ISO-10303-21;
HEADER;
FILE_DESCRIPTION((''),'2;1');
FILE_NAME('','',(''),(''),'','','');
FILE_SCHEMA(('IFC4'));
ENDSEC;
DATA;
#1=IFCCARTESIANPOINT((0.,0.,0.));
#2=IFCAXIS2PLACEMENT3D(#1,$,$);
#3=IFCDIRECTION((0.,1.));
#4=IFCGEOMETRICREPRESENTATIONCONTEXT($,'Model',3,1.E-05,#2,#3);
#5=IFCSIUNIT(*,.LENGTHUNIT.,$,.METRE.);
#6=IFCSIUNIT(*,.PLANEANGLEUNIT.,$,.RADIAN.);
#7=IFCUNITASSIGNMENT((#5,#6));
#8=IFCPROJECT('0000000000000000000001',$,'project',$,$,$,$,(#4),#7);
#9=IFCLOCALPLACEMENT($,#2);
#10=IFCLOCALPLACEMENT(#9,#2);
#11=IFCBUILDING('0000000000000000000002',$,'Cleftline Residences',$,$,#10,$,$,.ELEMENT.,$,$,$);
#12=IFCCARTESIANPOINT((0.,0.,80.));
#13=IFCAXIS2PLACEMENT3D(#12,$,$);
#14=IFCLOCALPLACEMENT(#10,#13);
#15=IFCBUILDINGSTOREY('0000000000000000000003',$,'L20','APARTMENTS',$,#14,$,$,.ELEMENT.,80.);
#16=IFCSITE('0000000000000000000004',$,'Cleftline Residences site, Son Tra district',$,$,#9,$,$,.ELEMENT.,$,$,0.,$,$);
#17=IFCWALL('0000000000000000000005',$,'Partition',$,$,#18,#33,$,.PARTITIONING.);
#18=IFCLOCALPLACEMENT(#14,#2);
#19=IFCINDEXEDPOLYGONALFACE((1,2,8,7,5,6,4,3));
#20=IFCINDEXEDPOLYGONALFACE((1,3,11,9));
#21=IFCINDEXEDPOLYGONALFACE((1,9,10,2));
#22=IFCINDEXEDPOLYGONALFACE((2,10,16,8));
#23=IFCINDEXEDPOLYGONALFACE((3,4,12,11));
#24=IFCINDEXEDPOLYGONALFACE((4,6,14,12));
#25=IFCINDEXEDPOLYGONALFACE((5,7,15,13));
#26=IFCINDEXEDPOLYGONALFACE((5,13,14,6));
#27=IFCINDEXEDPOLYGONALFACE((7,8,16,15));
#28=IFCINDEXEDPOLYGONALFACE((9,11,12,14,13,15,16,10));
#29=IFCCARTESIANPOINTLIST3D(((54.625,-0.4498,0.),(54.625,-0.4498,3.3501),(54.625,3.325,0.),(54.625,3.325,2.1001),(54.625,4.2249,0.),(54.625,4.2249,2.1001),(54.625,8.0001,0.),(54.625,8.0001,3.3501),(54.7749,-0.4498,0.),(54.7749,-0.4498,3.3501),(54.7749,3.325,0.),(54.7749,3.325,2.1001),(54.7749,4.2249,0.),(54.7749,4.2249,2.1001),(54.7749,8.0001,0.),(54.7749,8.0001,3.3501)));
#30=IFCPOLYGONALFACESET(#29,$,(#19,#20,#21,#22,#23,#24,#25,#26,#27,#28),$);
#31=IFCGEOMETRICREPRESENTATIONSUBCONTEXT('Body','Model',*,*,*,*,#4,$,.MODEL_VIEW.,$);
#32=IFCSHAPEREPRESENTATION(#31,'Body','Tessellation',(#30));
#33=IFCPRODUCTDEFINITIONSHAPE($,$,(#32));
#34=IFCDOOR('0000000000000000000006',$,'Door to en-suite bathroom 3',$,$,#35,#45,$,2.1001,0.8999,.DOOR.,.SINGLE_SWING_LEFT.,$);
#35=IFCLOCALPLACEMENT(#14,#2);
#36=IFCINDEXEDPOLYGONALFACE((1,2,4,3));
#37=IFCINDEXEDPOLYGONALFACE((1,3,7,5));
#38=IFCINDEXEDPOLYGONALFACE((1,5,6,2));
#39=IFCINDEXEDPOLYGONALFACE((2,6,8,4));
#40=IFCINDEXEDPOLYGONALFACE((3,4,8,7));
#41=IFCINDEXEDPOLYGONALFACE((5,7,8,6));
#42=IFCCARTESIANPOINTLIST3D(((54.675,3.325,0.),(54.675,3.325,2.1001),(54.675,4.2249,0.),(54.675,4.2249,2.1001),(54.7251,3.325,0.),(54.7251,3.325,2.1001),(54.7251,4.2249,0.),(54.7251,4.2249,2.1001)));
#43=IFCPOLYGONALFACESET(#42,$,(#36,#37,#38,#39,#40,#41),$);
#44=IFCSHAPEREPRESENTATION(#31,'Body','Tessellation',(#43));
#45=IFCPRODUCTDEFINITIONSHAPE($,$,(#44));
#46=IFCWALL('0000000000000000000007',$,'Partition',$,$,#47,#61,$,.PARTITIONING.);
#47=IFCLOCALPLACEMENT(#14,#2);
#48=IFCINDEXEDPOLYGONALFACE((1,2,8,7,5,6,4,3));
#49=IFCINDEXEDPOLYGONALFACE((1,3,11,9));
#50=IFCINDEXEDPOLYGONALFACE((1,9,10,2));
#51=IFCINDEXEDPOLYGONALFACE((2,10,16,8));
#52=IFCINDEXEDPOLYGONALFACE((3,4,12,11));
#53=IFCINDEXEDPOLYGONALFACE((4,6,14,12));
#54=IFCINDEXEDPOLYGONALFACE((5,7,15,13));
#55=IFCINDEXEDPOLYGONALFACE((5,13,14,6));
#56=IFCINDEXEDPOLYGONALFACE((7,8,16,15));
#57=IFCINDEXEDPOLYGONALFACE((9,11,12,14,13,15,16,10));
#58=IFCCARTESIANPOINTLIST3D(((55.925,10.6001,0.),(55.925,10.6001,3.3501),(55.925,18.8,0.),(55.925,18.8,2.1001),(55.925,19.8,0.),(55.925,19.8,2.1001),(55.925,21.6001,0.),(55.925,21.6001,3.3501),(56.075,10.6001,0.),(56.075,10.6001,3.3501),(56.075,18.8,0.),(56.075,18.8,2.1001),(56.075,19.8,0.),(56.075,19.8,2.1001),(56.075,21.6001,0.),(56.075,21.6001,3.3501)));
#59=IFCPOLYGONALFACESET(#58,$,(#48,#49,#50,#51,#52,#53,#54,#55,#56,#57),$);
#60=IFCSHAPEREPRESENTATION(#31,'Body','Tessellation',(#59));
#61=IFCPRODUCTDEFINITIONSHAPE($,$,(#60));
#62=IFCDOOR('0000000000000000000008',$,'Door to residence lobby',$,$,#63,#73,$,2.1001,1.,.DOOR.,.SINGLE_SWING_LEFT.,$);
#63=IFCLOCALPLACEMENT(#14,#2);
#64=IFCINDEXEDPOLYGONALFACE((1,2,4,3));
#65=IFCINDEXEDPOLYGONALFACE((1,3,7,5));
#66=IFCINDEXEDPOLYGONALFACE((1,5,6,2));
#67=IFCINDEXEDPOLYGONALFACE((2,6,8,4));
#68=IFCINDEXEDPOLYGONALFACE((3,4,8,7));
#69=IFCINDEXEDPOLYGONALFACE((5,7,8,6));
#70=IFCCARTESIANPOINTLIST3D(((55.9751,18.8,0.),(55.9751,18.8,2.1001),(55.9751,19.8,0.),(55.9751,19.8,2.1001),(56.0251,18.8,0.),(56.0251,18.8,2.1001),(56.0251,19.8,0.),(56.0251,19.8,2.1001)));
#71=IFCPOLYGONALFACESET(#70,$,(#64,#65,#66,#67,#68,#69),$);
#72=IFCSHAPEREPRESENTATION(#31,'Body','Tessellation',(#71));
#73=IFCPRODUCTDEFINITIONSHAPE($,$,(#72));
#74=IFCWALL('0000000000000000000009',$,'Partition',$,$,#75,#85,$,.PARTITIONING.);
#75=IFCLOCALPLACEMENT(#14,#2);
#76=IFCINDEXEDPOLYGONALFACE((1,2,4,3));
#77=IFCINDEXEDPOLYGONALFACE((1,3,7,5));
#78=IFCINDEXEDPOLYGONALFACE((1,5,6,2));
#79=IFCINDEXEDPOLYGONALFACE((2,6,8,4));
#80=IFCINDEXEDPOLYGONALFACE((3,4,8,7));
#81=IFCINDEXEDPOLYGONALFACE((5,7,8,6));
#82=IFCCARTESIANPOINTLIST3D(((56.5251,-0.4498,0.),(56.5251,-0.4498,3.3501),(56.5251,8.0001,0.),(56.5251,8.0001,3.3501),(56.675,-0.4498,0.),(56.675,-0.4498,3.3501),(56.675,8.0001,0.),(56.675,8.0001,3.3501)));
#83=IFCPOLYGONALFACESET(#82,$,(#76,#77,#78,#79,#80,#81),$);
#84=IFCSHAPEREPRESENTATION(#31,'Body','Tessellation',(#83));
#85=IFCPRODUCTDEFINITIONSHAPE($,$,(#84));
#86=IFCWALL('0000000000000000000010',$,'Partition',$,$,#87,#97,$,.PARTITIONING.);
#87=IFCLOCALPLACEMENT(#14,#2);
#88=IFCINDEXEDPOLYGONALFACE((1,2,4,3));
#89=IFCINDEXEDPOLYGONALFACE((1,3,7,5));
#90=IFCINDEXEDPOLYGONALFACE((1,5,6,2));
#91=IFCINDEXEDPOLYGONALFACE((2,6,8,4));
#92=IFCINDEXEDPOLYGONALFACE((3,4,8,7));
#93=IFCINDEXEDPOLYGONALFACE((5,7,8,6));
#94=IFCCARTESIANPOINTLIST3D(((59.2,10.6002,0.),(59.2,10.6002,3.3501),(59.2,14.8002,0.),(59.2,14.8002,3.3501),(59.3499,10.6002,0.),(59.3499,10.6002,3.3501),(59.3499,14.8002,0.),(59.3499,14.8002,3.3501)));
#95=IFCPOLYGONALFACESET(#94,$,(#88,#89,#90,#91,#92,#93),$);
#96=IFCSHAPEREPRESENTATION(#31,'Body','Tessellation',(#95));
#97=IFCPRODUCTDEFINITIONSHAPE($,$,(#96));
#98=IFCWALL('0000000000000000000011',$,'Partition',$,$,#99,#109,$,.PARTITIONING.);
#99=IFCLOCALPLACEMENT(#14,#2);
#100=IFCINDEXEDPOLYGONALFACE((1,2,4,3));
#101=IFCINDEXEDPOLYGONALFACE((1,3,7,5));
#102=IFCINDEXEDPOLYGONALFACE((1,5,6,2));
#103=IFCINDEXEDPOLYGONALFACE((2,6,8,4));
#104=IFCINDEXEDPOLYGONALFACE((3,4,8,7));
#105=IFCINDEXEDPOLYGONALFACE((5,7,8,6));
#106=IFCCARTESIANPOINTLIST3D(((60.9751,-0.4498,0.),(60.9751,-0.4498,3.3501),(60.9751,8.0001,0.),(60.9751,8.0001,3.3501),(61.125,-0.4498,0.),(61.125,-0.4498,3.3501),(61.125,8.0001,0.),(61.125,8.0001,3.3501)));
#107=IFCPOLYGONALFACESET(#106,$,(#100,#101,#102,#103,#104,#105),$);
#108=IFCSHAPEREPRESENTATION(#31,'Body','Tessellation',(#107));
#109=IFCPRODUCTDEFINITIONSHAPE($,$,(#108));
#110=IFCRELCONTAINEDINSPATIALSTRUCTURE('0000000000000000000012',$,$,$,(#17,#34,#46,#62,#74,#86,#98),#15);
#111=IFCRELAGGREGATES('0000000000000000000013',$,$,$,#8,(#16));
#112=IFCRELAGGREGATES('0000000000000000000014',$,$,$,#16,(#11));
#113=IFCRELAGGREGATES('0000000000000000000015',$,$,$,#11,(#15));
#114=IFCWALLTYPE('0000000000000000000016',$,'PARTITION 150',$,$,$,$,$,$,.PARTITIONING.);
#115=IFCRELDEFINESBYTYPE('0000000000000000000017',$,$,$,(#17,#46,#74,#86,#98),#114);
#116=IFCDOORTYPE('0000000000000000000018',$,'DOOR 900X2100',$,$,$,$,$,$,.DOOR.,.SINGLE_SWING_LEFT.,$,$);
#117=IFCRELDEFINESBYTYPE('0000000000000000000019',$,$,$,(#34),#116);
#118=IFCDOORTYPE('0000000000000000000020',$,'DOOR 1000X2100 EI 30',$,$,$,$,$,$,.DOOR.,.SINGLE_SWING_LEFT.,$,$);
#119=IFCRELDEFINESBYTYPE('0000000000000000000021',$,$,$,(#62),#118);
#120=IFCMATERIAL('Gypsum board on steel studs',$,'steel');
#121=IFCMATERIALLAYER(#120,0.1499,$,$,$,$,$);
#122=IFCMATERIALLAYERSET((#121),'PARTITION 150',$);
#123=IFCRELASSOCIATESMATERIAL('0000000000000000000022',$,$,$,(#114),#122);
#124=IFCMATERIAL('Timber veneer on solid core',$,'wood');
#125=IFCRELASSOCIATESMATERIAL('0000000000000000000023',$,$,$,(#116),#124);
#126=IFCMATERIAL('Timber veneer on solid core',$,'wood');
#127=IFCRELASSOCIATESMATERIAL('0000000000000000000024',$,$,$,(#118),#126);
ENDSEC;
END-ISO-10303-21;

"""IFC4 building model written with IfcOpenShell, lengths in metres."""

from ifc_helpers import new_model, si_unit, direction, frame, frame_2d, origin, place, context, subcontext, project, spatial, rectangle, extrude, material, layer, layer_set, type_object, element, fill, save


model = new_model("IFC4")

# Units and contexts
model_context = context("Model", 3, precision=1e-05, world=origin(), true_north=direction((0.0, 1.0)))
body_context = subcontext(model_context, "Body", "Model", "MODEL_VIEW")
ifc_project = project(units=[si_unit("LENGTHUNIT", "METRE"), si_unit("PLANEANGLEUNIT", "RADIAN")], contexts=[model_context])

# Site, building, storey
site_placement = place(None, origin())
site = spatial("IfcSite", under=ifc_project, at=site_placement, Name="Cleftline Residences site, Son Tra district", CompositionType="ELEMENT", RefElevation=0.0)
building_placement = place(site_placement, origin())
building = spatial("IfcBuilding", under=site, at=building_placement, Name="Cleftline Residences", CompositionType="ELEMENT")
storey_placement = place(building_placement, frame((0.0, 0.0, 80.0)))
storey = spatial("IfcBuildingStorey", under=building, at=storey_placement, Name="L20", Description="APARTMENTS", CompositionType="ELEMENT", Elevation=80.0)

# Shared definitions
ifc_material_1 = material(Name="Gypsum board on steel studs", Category="steel")
ifc_layer_1 = layer(ifc_material_1, 0.1499)
ifc_layer_set_1 = layer_set([ifc_layer_1], Name="PARTITION 150")
wall_type_1 = type_object("IfcWallType", Name="PARTITION 150", PredefinedType="PARTITIONING", material=ifc_layer_set_1)

# Walls, openings, doors
wall_1_placement = place(storey_placement, frame((54.7, -0.45, 0.0), z_axis=(0.0, 0.0, 1.0), x_axis=(0.0, 1.0, 0.0)))
wall_1 = element("IfcWall", 1, at=wall_1_placement, inside=storey, type_object=wall_type_1, Name="Partition", PredefinedType="PARTITIONING", context=body_context, shape_type="SweptSolid", body=[
    extrude(rectangle(XDim=8.45, YDim=0.1499, at=frame_2d((4.2251, 0.0))), origin(), (0.0, 0.0, 1.0), 3.3501),
])
opening_1_placement = place(wall_1_placement, frame((3.7749, 0.0, 0.0)))
opening_1 = element("IfcOpeningElement", 2, at=opening_1_placement, cuts=wall_1, PredefinedType="OPENING", context=body_context, shape_type="SweptSolid", body=[
    extrude(rectangle(XDim=0.8999, YDim=2.1001, at=frame_2d((0.45, 1.05))), frame((0.0, 0.085, 0.0), z_axis=(0.0, -1.0, 0.0), x_axis=(1.0, 0.0, 0.0)), (0.0, 0.0, 1.0), 0.1699),
])
ifc_material_2 = material(Name="Timber veneer on solid core", Category="wood")
door_type_1 = type_object("IfcDoorType", Name="DOOR 900X2100", OperationType="SINGLE_SWING_LEFT", PredefinedType="DOOR", material=ifc_material_2)
door_1_placement = place(opening_1_placement, origin())
door_1 = element("IfcDoor", 3, at=door_1_placement, inside=storey, type_object=door_type_1, Name="Door to en-suite bathroom 3", OperationType="SINGLE_SWING_LEFT", OverallHeight=2.1001, OverallWidth=0.8999, PredefinedType="DOOR", context=body_context, shape_type="SweptSolid", body=[
    extrude(rectangle(XDim=0.8999, YDim=2.1001, at=frame_2d((0.45, 1.05))), frame((0.0, 0.0249, 0.0), z_axis=(0.0, -1.0, 0.0), x_axis=(1.0, 0.0, 0.0)), (0.0, 0.0, 1.0), 0.05),
])
fill(opening_1, door_1)
wall_2_placement = place(storey_placement, frame((56.0, 10.6001, 0.0), z_axis=(0.0, 0.0, 1.0), x_axis=(0.0, 1.0, 0.0)))
wall_2 = element("IfcWall", 4, at=wall_2_placement, inside=storey, type_object=wall_type_1, Name="Partition", PredefinedType="PARTITIONING", context=body_context, shape_type="SweptSolid", body=[
    extrude(rectangle(XDim=11.0, YDim=0.1499, at=frame_2d((5.5, 0.0))), origin(), (0.0, 0.0, 1.0), 3.3501),
])
opening_2_placement = place(wall_2_placement, frame((8.2, 0.0, 0.0)))
opening_2 = element("IfcOpeningElement", 5, at=opening_2_placement, cuts=wall_2, PredefinedType="OPENING", context=body_context, shape_type="SweptSolid", body=[
    extrude(rectangle(XDim=1.0, YDim=2.1001, at=frame_2d((0.5, 1.05))), frame((0.0, 0.085, 0.0), z_axis=(0.0, -1.0, 0.0), x_axis=(1.0, 0.0, 0.0)), (0.0, 0.0, 1.0), 0.1699),
])
ifc_material_3 = material(Name="Timber veneer on solid core", Category="wood")
door_type_2 = type_object("IfcDoorType", Name="DOOR 1000X2100 EI 30", OperationType="SINGLE_SWING_LEFT", PredefinedType="DOOR", material=ifc_material_3)
door_2_placement = place(opening_2_placement, origin())
door_2 = element("IfcDoor", 6, at=door_2_placement, inside=storey, type_object=door_type_2, Name="Door to residence lobby", OperationType="SINGLE_SWING_LEFT", OverallHeight=2.1001, OverallWidth=1.0, PredefinedType="DOOR", context=body_context, shape_type="SweptSolid", body=[
    extrude(rectangle(XDim=1.0, YDim=2.1001, at=frame_2d((0.5, 1.05))), frame((0.0, 0.0249, 0.0), z_axis=(0.0, -1.0, 0.0), x_axis=(1.0, 0.0, 0.0)), (0.0, 0.0, 1.0), 0.05),
])
fill(opening_2, door_2)

# Walls
wall_3_placement = place(storey_placement, frame((56.6001, -0.45, 0.0), z_axis=(0.0, 0.0, 1.0), x_axis=(0.0, 1.0, 0.0)))
element("IfcWall", 7, at=wall_3_placement, inside=storey, type_object=wall_type_1, Name="Partition", PredefinedType="PARTITIONING", context=body_context, shape_type="SweptSolid", body=[
    extrude(rectangle(XDim=8.45, YDim=0.1499, at=frame_2d((4.2251, 0.0))), origin(), (0.0, 0.0, 1.0), 3.3501),
])
wall_4_placement = place(storey_placement, frame((59.2749, 10.6001, 0.0), z_axis=(0.0, 0.0, 1.0), x_axis=(0.0, 1.0, 0.0)))
element("IfcWall", 8, at=wall_4_placement, inside=storey, type_object=wall_type_1, Name="Partition", PredefinedType="PARTITIONING", context=body_context, shape_type="SweptSolid", body=[
    extrude(rectangle(XDim=4.2, YDim=0.1499, at=frame_2d((2.1001, 0.0))), origin(), (0.0, 0.0, 1.0), 3.3501),
])
wall_5_placement = place(storey_placement, frame((61.05, -0.45, 0.0), z_axis=(0.0, 0.0, 1.0), x_axis=(0.0, 1.0, 0.0)))
element("IfcWall", 9, at=wall_5_placement, inside=storey, type_object=wall_type_1, Name="Partition", PredefinedType="PARTITIONING", context=body_context, shape_type="SweptSolid", body=[
    extrude(rectangle(XDim=8.45, YDim=0.1499, at=frame_2d((4.2251, 0.0))), origin(), (0.0, 0.0, 1.0), 3.3501),
])

save(model, "model.ifc")
